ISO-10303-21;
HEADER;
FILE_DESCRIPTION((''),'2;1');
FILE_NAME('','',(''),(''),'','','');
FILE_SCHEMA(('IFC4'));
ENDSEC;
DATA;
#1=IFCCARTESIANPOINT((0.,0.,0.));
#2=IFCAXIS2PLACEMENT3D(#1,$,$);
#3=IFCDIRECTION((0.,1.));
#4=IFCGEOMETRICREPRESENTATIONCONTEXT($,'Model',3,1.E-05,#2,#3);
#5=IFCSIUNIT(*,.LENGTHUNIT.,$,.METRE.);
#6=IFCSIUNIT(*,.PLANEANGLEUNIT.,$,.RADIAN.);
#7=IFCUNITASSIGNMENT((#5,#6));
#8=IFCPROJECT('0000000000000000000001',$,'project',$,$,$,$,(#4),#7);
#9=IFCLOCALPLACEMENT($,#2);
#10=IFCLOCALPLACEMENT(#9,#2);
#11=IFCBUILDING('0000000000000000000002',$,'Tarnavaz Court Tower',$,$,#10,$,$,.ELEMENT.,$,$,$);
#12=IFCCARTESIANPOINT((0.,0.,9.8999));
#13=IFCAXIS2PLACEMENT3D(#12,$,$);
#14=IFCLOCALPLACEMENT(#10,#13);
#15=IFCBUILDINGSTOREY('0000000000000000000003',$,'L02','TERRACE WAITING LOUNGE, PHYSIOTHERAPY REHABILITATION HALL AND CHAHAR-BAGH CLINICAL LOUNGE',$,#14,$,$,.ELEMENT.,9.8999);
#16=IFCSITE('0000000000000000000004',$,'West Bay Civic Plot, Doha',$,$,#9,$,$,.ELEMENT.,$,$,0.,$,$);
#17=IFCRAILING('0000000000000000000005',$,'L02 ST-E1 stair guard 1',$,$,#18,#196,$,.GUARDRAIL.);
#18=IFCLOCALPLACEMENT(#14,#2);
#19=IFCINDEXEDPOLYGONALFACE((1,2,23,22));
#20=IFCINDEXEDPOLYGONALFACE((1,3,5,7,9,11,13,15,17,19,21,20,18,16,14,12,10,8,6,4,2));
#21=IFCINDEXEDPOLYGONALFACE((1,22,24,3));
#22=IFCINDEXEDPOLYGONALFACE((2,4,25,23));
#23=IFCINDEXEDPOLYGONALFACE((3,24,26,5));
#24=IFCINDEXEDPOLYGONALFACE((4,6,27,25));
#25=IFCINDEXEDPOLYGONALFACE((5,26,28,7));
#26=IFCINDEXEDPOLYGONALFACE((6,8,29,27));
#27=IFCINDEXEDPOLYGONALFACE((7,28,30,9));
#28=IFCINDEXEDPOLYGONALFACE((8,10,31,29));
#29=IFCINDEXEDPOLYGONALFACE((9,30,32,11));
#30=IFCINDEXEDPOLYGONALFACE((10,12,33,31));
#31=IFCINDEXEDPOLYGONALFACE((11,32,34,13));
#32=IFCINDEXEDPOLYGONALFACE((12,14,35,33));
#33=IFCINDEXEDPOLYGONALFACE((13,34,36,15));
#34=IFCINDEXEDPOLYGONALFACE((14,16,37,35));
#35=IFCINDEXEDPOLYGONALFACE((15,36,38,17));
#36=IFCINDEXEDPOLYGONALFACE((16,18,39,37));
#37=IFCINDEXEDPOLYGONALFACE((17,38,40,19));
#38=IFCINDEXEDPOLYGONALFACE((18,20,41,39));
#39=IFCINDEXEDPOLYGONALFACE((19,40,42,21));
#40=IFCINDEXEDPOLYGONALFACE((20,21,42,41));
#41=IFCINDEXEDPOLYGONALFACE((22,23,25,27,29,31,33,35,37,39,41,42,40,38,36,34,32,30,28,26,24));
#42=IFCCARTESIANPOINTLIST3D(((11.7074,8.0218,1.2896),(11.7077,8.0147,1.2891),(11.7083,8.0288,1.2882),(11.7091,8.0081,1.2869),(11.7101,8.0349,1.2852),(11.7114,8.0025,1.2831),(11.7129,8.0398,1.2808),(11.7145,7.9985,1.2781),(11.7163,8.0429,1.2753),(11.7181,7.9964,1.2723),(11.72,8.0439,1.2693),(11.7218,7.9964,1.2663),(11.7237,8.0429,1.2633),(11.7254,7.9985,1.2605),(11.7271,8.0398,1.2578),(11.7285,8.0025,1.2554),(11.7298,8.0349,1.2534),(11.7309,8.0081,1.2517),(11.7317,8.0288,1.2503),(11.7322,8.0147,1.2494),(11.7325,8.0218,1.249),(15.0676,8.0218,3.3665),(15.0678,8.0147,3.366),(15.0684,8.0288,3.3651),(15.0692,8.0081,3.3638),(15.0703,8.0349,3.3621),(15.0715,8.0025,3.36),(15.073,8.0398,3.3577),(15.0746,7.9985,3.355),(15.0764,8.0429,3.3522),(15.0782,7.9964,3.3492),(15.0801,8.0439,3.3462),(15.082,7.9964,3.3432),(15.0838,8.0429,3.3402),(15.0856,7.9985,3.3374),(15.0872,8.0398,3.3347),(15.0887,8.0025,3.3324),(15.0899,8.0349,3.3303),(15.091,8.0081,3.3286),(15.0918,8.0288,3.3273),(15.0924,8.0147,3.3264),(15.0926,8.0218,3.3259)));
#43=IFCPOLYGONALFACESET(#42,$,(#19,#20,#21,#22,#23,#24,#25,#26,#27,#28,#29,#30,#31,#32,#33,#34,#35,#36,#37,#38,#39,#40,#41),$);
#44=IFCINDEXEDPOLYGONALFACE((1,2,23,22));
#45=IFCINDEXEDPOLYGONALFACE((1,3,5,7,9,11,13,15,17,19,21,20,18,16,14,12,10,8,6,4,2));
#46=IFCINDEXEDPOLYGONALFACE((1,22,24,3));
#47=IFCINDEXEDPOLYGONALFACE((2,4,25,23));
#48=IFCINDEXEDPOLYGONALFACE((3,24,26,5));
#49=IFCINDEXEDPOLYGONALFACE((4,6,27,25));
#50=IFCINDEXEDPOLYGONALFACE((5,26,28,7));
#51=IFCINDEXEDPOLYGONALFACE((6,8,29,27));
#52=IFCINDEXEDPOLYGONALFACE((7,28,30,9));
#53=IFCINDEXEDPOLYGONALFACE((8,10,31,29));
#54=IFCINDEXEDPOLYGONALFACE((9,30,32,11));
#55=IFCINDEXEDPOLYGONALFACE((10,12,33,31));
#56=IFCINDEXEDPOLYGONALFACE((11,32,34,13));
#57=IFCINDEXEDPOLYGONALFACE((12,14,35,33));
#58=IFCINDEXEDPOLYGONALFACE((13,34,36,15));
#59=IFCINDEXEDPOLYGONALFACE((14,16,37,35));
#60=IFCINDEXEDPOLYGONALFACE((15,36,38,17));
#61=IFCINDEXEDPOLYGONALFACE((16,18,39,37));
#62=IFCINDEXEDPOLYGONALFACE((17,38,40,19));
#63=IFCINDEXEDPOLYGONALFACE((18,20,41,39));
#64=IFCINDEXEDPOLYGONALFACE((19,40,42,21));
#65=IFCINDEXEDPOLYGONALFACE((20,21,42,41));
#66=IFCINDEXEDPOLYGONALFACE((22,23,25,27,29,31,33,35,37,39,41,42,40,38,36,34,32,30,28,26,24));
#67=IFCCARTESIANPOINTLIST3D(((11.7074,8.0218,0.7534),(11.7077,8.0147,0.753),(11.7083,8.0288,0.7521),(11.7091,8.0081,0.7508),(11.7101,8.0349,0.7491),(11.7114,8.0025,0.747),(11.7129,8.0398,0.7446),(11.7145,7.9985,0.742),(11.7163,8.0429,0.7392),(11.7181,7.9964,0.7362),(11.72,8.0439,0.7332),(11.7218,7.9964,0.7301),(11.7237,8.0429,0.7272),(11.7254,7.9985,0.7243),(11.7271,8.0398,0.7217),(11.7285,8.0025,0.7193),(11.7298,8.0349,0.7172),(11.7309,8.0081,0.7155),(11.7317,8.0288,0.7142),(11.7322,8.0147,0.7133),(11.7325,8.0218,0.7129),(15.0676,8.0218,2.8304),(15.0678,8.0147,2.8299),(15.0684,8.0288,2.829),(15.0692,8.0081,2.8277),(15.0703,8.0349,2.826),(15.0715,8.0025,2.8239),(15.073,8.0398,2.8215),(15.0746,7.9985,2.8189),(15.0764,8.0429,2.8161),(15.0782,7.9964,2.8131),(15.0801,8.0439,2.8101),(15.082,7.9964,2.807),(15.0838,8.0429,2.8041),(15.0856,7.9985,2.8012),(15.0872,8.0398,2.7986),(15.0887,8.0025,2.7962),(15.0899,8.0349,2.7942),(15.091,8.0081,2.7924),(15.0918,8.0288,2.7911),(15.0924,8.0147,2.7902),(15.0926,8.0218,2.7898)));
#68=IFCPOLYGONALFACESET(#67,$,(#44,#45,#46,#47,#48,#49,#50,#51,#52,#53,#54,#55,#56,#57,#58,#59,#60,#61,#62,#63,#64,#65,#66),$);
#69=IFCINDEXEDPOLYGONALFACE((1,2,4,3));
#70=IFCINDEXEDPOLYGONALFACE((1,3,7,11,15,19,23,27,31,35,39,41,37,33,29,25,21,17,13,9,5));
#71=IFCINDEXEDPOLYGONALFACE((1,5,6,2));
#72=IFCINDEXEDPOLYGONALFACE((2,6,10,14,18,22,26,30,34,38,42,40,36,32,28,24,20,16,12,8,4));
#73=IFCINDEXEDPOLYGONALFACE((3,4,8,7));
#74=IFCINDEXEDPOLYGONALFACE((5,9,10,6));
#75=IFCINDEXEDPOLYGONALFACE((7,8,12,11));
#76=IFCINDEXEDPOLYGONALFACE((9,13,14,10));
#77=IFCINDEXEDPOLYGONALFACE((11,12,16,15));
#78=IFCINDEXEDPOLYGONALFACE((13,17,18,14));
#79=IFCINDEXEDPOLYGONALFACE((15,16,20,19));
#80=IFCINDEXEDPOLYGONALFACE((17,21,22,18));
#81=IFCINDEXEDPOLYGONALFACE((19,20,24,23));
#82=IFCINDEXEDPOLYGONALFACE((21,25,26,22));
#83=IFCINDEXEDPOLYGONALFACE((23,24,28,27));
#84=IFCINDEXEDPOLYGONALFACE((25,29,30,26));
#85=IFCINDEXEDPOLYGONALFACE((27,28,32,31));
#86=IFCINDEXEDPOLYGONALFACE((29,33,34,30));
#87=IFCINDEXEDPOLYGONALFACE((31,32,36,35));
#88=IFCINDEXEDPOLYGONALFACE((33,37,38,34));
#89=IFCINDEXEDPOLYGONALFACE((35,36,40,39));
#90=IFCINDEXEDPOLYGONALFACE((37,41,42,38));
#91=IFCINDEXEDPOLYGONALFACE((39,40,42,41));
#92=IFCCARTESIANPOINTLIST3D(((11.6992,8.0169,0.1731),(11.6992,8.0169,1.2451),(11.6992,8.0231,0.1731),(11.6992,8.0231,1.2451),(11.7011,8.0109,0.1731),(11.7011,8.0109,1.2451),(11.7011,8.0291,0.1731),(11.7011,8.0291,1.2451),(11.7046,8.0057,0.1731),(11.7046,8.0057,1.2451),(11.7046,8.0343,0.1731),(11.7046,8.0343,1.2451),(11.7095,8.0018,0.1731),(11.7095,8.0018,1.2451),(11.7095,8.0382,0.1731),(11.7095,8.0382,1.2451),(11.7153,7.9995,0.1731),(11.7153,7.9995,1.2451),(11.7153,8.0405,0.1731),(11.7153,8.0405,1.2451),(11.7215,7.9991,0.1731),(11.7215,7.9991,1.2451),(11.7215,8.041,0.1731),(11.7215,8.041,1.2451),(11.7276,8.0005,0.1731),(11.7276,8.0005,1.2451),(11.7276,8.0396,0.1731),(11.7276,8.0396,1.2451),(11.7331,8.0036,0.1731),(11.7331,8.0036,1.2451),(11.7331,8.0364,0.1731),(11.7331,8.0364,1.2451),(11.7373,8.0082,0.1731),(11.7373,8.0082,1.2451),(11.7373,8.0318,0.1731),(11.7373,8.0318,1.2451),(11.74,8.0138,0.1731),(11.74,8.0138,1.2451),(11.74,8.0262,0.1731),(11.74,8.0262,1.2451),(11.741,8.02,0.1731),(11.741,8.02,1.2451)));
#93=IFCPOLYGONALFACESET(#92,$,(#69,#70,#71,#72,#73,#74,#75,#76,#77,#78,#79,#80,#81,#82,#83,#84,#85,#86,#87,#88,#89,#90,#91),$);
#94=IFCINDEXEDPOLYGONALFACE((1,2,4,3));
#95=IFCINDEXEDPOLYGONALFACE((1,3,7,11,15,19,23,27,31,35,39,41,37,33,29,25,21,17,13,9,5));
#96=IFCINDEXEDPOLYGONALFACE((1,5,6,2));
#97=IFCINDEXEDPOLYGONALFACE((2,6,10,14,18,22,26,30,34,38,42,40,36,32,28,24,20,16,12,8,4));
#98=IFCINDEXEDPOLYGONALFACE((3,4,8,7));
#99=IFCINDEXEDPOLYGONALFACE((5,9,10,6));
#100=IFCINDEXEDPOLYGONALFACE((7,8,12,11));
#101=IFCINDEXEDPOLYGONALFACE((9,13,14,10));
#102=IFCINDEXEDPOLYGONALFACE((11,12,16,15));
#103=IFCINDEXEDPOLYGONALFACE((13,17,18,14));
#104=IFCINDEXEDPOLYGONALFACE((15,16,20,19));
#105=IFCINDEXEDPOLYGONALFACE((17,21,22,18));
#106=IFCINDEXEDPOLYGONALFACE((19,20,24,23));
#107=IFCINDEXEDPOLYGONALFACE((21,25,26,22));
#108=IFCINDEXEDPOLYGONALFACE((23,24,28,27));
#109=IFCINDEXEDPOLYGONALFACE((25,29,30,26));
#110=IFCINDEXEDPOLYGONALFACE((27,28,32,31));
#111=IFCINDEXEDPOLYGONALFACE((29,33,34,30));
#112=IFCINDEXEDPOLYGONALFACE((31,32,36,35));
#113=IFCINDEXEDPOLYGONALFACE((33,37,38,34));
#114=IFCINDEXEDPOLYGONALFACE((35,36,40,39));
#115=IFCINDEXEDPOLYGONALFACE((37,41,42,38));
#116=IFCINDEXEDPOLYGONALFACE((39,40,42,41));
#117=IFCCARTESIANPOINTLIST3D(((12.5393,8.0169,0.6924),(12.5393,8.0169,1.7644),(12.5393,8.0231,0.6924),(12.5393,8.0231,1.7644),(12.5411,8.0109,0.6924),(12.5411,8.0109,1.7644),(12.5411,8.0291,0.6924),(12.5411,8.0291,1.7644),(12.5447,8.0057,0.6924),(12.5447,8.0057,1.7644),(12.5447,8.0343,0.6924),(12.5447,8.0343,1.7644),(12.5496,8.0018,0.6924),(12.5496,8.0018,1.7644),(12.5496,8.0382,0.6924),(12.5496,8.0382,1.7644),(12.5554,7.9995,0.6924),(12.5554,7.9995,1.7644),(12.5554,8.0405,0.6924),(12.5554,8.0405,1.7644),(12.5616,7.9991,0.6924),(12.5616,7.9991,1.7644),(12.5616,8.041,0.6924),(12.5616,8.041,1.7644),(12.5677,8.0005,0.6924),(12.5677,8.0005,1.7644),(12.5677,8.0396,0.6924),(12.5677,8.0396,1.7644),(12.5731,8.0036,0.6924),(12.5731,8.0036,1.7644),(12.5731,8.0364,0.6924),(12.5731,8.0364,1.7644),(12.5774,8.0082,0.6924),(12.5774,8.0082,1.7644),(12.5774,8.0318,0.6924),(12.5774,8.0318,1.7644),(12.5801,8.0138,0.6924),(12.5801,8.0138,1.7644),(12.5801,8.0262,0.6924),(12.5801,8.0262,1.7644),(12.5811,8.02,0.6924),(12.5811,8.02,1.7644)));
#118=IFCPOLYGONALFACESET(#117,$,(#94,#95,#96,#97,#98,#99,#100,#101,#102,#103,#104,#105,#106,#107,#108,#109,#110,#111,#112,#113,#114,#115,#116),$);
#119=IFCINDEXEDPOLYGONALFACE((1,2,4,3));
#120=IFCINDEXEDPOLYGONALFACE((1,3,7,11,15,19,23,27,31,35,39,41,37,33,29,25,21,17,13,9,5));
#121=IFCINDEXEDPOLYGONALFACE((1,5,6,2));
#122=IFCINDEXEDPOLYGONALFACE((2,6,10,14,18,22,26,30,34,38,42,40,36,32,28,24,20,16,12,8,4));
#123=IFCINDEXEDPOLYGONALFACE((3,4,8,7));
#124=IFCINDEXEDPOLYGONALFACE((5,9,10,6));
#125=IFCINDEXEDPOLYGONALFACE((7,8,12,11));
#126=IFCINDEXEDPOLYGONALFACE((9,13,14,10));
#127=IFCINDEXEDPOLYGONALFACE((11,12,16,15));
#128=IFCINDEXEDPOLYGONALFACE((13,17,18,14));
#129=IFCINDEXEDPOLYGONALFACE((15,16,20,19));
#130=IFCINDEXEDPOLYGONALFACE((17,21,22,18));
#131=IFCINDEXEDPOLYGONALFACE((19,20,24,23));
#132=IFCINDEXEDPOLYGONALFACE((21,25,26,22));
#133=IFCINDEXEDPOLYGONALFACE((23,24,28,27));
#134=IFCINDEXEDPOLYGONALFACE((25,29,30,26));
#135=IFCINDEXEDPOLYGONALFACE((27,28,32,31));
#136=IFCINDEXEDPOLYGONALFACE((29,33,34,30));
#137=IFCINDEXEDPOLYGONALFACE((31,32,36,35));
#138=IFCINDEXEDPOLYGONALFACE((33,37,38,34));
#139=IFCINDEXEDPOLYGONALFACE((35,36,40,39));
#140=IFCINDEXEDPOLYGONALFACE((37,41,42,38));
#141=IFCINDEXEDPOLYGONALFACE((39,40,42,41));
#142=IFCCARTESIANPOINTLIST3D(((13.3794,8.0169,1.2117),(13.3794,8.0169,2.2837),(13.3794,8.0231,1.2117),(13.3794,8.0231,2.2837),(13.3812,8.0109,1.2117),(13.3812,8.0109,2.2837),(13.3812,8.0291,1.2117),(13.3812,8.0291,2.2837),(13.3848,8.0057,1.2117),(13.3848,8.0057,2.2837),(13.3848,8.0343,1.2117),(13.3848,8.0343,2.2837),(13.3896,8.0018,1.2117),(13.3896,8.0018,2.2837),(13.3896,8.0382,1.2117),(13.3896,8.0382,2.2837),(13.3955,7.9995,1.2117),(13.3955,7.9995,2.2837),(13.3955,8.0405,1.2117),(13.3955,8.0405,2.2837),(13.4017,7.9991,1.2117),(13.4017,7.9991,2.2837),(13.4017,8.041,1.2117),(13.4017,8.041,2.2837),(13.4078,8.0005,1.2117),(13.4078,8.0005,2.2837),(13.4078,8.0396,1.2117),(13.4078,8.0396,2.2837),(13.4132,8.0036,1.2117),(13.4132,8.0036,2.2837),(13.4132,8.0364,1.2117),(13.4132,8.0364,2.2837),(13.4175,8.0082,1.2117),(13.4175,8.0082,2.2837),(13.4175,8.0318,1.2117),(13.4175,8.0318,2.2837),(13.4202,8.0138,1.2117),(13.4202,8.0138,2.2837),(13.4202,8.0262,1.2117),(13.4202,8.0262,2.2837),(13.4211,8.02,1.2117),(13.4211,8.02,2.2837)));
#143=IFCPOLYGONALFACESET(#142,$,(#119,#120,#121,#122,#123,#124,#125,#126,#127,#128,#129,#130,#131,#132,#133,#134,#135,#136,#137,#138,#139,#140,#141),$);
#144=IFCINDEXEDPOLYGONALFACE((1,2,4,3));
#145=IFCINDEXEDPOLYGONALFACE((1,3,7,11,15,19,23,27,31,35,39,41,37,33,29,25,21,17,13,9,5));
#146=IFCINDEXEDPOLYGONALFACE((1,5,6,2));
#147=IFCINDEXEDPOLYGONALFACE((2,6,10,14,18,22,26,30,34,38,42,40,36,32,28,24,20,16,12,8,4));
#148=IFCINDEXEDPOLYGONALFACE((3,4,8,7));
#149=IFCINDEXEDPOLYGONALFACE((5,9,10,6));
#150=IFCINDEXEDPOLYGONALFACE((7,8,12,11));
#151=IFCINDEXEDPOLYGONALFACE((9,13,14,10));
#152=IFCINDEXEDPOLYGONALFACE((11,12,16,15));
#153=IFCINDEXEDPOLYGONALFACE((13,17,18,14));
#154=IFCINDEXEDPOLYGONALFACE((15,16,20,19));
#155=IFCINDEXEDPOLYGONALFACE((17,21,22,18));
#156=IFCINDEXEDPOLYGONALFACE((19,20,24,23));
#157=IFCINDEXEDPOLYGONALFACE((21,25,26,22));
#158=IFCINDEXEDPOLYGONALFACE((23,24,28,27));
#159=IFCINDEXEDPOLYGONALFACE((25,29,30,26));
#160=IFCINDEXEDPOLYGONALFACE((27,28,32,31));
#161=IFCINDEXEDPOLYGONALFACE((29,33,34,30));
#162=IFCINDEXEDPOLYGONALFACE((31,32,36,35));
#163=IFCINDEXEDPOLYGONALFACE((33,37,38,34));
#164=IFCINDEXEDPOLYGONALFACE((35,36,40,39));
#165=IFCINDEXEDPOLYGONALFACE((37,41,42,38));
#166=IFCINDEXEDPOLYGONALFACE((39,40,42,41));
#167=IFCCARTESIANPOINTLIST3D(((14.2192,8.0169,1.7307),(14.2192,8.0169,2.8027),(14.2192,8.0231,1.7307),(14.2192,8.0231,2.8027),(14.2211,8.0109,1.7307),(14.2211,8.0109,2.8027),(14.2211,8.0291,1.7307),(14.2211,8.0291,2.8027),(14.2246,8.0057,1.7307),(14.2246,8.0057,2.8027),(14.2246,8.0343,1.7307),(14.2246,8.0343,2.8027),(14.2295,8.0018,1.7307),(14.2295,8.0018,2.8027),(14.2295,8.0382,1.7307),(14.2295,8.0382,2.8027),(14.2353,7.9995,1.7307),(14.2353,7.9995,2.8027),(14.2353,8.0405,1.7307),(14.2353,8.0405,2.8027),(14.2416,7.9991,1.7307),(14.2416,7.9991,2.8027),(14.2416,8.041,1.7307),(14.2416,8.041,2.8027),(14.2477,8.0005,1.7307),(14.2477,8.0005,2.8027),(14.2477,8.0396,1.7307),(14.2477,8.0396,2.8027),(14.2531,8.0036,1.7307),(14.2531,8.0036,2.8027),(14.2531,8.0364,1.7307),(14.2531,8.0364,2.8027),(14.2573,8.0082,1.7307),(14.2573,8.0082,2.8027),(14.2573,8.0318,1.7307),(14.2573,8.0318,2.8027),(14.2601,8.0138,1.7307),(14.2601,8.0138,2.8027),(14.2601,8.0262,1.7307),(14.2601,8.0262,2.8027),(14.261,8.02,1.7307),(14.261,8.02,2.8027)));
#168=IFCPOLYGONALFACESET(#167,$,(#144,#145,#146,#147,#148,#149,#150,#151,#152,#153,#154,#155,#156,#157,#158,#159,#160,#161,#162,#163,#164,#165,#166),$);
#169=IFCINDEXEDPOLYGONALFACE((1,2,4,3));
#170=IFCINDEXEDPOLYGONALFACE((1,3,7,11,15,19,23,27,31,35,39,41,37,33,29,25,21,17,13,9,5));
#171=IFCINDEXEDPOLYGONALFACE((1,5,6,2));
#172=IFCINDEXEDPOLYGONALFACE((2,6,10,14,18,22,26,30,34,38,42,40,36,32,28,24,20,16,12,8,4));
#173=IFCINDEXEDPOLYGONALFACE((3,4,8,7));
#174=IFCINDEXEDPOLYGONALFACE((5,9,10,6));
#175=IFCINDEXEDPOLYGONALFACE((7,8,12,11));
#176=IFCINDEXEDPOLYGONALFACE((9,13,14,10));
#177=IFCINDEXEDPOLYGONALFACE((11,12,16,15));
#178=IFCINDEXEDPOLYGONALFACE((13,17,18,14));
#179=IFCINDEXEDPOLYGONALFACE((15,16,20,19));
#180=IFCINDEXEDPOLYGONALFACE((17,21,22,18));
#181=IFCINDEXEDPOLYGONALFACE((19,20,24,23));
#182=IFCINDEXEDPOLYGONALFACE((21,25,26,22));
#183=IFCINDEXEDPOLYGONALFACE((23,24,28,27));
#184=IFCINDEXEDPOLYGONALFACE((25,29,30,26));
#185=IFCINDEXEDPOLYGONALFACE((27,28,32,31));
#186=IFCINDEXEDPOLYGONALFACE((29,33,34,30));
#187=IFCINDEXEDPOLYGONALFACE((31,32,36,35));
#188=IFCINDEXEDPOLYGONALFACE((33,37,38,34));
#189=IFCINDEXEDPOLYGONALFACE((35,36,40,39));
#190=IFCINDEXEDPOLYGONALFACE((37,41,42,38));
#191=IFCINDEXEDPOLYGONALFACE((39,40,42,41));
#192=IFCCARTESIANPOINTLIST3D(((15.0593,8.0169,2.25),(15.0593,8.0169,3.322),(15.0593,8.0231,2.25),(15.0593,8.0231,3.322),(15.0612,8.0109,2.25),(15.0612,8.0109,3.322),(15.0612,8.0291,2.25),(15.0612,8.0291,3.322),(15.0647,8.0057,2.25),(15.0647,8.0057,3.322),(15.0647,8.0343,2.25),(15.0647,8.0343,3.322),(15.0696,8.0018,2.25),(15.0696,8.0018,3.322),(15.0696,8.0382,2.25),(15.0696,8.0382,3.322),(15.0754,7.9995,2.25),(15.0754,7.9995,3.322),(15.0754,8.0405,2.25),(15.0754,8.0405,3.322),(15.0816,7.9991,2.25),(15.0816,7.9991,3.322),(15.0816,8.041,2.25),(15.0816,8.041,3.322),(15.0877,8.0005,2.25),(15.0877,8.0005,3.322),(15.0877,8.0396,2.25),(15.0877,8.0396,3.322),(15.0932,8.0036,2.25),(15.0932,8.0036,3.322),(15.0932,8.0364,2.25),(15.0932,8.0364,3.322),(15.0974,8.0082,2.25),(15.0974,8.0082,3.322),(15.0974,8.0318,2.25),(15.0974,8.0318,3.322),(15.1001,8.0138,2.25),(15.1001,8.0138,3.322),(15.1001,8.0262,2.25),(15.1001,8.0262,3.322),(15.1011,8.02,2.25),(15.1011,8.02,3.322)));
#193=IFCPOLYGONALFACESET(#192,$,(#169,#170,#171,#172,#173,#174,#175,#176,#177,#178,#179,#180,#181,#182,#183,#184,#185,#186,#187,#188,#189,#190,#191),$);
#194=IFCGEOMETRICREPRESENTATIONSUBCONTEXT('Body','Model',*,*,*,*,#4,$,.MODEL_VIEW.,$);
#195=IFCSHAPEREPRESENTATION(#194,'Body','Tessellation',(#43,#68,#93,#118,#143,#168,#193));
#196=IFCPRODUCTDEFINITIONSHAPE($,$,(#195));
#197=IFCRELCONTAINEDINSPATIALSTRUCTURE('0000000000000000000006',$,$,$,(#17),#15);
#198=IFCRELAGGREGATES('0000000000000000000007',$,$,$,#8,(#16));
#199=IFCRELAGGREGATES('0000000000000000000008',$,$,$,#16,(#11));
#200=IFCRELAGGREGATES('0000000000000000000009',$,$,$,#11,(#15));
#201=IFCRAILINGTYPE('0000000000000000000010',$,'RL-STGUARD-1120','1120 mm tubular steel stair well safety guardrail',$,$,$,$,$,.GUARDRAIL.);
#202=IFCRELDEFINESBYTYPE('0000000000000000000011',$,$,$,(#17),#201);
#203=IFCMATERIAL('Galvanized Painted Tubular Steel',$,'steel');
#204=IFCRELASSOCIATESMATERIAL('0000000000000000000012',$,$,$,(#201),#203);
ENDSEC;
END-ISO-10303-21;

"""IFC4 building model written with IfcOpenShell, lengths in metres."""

from ifc_helpers import new_model, si_unit, direction, frame, origin, origin_2d, place, context, subcontext, project, spatial, circle, extrude, material, type_object, element, save


model = new_model("IFC4")

# Units and contexts
model_context = context("Model", 3, precision=1e-05, world=origin(), true_north=direction((0.0, 1.0)))
body_context = subcontext(model_context, "Body", "Model", "MODEL_VIEW")
ifc_project = project(units=[si_unit("LENGTHUNIT", "METRE"), si_unit("PLANEANGLEUNIT", "RADIAN")], contexts=[model_context])

# Site, building, storey
site_placement = place(None, origin())
site = spatial("IfcSite", under=ifc_project, at=site_placement, Name="West Bay Civic Plot, Doha", CompositionType="ELEMENT", RefElevation=0.0)
building_placement = place(site_placement, origin())
building = spatial("IfcBuilding", under=site, at=building_placement, Name="Tarnavaz Court Tower", CompositionType="ELEMENT")
storey_placement = place(building_placement, frame((0.0, 0.0, 9.8999)))
storey = spatial("IfcBuildingStorey", under=building, at=storey_placement, Name="L02", Description="TERRACE WAITING LOUNGE, PHYSIOTHERAPY REHABILITATION HALL AND CHAHAR-BAGH CLINICAL LOUNGE", CompositionType="ELEMENT", Elevation=9.8999)

# Railing
ifc_material_1 = material(Name="Galvanized Painted Tubular Steel", Category="steel")
railing_type_1 = type_object("IfcRailingType", Name="RL-STGUARD-1120", Description="1120 mm tubular steel stair well safety guardrail", PredefinedType="GUARDRAIL", material=ifc_material_1)
railing_1_placement = place(storey_placement, frame((11.72, 8.02, 0.1731)))
element("IfcRailing", 1, at=railing_1_placement, inside=storey, type_object=railing_type_1, Name="L02 ST-E1 stair guard 1", PredefinedType="GUARDRAIL", context=body_context, shape_type="SweptSolid", body=[
    extrude(circle(Radius=0.0239, at=origin_2d()), frame((0.0, 0.0, 1.0962), z_axis=(0.850623, 0.0, 0.525776), x_axis=(0.0, 1.0, 0.0)), (0.0, 0.0, 1.0), 3.9502),
    extrude(circle(Radius=0.0239, at=origin_2d()), frame((0.0, 0.0, 0.5601), z_axis=(0.850623, 0.0, 0.525776), x_axis=(0.0, 1.0, 0.0)), (0.0, 0.0, 1.0), 3.9502),
    extrude(circle(Radius=0.021, at=origin_2d()), origin(), (0.0, 0.0, 1.0), 1.072),
    extrude(circle(Radius=0.021, at=origin_2d()), frame((0.8401, 0.0, 0.5193)), (0.0, 0.0, 1.0), 1.072),
    extrude(circle(Radius=0.021, at=origin_2d()), frame((1.6802, 0.0, 1.0386)), (0.0, 0.0, 1.0), 1.072),
    extrude(circle(Radius=0.021, at=origin_2d()), frame((2.52, 0.0, 1.5576)), (0.0, 0.0, 1.0), 1.072),
    extrude(circle(Radius=0.021, at=origin_2d()), frame((3.3601, 0.0, 2.0769)), (0.0, 0.0, 1.0), 1.072),
])

save(model, "model.ifc")
